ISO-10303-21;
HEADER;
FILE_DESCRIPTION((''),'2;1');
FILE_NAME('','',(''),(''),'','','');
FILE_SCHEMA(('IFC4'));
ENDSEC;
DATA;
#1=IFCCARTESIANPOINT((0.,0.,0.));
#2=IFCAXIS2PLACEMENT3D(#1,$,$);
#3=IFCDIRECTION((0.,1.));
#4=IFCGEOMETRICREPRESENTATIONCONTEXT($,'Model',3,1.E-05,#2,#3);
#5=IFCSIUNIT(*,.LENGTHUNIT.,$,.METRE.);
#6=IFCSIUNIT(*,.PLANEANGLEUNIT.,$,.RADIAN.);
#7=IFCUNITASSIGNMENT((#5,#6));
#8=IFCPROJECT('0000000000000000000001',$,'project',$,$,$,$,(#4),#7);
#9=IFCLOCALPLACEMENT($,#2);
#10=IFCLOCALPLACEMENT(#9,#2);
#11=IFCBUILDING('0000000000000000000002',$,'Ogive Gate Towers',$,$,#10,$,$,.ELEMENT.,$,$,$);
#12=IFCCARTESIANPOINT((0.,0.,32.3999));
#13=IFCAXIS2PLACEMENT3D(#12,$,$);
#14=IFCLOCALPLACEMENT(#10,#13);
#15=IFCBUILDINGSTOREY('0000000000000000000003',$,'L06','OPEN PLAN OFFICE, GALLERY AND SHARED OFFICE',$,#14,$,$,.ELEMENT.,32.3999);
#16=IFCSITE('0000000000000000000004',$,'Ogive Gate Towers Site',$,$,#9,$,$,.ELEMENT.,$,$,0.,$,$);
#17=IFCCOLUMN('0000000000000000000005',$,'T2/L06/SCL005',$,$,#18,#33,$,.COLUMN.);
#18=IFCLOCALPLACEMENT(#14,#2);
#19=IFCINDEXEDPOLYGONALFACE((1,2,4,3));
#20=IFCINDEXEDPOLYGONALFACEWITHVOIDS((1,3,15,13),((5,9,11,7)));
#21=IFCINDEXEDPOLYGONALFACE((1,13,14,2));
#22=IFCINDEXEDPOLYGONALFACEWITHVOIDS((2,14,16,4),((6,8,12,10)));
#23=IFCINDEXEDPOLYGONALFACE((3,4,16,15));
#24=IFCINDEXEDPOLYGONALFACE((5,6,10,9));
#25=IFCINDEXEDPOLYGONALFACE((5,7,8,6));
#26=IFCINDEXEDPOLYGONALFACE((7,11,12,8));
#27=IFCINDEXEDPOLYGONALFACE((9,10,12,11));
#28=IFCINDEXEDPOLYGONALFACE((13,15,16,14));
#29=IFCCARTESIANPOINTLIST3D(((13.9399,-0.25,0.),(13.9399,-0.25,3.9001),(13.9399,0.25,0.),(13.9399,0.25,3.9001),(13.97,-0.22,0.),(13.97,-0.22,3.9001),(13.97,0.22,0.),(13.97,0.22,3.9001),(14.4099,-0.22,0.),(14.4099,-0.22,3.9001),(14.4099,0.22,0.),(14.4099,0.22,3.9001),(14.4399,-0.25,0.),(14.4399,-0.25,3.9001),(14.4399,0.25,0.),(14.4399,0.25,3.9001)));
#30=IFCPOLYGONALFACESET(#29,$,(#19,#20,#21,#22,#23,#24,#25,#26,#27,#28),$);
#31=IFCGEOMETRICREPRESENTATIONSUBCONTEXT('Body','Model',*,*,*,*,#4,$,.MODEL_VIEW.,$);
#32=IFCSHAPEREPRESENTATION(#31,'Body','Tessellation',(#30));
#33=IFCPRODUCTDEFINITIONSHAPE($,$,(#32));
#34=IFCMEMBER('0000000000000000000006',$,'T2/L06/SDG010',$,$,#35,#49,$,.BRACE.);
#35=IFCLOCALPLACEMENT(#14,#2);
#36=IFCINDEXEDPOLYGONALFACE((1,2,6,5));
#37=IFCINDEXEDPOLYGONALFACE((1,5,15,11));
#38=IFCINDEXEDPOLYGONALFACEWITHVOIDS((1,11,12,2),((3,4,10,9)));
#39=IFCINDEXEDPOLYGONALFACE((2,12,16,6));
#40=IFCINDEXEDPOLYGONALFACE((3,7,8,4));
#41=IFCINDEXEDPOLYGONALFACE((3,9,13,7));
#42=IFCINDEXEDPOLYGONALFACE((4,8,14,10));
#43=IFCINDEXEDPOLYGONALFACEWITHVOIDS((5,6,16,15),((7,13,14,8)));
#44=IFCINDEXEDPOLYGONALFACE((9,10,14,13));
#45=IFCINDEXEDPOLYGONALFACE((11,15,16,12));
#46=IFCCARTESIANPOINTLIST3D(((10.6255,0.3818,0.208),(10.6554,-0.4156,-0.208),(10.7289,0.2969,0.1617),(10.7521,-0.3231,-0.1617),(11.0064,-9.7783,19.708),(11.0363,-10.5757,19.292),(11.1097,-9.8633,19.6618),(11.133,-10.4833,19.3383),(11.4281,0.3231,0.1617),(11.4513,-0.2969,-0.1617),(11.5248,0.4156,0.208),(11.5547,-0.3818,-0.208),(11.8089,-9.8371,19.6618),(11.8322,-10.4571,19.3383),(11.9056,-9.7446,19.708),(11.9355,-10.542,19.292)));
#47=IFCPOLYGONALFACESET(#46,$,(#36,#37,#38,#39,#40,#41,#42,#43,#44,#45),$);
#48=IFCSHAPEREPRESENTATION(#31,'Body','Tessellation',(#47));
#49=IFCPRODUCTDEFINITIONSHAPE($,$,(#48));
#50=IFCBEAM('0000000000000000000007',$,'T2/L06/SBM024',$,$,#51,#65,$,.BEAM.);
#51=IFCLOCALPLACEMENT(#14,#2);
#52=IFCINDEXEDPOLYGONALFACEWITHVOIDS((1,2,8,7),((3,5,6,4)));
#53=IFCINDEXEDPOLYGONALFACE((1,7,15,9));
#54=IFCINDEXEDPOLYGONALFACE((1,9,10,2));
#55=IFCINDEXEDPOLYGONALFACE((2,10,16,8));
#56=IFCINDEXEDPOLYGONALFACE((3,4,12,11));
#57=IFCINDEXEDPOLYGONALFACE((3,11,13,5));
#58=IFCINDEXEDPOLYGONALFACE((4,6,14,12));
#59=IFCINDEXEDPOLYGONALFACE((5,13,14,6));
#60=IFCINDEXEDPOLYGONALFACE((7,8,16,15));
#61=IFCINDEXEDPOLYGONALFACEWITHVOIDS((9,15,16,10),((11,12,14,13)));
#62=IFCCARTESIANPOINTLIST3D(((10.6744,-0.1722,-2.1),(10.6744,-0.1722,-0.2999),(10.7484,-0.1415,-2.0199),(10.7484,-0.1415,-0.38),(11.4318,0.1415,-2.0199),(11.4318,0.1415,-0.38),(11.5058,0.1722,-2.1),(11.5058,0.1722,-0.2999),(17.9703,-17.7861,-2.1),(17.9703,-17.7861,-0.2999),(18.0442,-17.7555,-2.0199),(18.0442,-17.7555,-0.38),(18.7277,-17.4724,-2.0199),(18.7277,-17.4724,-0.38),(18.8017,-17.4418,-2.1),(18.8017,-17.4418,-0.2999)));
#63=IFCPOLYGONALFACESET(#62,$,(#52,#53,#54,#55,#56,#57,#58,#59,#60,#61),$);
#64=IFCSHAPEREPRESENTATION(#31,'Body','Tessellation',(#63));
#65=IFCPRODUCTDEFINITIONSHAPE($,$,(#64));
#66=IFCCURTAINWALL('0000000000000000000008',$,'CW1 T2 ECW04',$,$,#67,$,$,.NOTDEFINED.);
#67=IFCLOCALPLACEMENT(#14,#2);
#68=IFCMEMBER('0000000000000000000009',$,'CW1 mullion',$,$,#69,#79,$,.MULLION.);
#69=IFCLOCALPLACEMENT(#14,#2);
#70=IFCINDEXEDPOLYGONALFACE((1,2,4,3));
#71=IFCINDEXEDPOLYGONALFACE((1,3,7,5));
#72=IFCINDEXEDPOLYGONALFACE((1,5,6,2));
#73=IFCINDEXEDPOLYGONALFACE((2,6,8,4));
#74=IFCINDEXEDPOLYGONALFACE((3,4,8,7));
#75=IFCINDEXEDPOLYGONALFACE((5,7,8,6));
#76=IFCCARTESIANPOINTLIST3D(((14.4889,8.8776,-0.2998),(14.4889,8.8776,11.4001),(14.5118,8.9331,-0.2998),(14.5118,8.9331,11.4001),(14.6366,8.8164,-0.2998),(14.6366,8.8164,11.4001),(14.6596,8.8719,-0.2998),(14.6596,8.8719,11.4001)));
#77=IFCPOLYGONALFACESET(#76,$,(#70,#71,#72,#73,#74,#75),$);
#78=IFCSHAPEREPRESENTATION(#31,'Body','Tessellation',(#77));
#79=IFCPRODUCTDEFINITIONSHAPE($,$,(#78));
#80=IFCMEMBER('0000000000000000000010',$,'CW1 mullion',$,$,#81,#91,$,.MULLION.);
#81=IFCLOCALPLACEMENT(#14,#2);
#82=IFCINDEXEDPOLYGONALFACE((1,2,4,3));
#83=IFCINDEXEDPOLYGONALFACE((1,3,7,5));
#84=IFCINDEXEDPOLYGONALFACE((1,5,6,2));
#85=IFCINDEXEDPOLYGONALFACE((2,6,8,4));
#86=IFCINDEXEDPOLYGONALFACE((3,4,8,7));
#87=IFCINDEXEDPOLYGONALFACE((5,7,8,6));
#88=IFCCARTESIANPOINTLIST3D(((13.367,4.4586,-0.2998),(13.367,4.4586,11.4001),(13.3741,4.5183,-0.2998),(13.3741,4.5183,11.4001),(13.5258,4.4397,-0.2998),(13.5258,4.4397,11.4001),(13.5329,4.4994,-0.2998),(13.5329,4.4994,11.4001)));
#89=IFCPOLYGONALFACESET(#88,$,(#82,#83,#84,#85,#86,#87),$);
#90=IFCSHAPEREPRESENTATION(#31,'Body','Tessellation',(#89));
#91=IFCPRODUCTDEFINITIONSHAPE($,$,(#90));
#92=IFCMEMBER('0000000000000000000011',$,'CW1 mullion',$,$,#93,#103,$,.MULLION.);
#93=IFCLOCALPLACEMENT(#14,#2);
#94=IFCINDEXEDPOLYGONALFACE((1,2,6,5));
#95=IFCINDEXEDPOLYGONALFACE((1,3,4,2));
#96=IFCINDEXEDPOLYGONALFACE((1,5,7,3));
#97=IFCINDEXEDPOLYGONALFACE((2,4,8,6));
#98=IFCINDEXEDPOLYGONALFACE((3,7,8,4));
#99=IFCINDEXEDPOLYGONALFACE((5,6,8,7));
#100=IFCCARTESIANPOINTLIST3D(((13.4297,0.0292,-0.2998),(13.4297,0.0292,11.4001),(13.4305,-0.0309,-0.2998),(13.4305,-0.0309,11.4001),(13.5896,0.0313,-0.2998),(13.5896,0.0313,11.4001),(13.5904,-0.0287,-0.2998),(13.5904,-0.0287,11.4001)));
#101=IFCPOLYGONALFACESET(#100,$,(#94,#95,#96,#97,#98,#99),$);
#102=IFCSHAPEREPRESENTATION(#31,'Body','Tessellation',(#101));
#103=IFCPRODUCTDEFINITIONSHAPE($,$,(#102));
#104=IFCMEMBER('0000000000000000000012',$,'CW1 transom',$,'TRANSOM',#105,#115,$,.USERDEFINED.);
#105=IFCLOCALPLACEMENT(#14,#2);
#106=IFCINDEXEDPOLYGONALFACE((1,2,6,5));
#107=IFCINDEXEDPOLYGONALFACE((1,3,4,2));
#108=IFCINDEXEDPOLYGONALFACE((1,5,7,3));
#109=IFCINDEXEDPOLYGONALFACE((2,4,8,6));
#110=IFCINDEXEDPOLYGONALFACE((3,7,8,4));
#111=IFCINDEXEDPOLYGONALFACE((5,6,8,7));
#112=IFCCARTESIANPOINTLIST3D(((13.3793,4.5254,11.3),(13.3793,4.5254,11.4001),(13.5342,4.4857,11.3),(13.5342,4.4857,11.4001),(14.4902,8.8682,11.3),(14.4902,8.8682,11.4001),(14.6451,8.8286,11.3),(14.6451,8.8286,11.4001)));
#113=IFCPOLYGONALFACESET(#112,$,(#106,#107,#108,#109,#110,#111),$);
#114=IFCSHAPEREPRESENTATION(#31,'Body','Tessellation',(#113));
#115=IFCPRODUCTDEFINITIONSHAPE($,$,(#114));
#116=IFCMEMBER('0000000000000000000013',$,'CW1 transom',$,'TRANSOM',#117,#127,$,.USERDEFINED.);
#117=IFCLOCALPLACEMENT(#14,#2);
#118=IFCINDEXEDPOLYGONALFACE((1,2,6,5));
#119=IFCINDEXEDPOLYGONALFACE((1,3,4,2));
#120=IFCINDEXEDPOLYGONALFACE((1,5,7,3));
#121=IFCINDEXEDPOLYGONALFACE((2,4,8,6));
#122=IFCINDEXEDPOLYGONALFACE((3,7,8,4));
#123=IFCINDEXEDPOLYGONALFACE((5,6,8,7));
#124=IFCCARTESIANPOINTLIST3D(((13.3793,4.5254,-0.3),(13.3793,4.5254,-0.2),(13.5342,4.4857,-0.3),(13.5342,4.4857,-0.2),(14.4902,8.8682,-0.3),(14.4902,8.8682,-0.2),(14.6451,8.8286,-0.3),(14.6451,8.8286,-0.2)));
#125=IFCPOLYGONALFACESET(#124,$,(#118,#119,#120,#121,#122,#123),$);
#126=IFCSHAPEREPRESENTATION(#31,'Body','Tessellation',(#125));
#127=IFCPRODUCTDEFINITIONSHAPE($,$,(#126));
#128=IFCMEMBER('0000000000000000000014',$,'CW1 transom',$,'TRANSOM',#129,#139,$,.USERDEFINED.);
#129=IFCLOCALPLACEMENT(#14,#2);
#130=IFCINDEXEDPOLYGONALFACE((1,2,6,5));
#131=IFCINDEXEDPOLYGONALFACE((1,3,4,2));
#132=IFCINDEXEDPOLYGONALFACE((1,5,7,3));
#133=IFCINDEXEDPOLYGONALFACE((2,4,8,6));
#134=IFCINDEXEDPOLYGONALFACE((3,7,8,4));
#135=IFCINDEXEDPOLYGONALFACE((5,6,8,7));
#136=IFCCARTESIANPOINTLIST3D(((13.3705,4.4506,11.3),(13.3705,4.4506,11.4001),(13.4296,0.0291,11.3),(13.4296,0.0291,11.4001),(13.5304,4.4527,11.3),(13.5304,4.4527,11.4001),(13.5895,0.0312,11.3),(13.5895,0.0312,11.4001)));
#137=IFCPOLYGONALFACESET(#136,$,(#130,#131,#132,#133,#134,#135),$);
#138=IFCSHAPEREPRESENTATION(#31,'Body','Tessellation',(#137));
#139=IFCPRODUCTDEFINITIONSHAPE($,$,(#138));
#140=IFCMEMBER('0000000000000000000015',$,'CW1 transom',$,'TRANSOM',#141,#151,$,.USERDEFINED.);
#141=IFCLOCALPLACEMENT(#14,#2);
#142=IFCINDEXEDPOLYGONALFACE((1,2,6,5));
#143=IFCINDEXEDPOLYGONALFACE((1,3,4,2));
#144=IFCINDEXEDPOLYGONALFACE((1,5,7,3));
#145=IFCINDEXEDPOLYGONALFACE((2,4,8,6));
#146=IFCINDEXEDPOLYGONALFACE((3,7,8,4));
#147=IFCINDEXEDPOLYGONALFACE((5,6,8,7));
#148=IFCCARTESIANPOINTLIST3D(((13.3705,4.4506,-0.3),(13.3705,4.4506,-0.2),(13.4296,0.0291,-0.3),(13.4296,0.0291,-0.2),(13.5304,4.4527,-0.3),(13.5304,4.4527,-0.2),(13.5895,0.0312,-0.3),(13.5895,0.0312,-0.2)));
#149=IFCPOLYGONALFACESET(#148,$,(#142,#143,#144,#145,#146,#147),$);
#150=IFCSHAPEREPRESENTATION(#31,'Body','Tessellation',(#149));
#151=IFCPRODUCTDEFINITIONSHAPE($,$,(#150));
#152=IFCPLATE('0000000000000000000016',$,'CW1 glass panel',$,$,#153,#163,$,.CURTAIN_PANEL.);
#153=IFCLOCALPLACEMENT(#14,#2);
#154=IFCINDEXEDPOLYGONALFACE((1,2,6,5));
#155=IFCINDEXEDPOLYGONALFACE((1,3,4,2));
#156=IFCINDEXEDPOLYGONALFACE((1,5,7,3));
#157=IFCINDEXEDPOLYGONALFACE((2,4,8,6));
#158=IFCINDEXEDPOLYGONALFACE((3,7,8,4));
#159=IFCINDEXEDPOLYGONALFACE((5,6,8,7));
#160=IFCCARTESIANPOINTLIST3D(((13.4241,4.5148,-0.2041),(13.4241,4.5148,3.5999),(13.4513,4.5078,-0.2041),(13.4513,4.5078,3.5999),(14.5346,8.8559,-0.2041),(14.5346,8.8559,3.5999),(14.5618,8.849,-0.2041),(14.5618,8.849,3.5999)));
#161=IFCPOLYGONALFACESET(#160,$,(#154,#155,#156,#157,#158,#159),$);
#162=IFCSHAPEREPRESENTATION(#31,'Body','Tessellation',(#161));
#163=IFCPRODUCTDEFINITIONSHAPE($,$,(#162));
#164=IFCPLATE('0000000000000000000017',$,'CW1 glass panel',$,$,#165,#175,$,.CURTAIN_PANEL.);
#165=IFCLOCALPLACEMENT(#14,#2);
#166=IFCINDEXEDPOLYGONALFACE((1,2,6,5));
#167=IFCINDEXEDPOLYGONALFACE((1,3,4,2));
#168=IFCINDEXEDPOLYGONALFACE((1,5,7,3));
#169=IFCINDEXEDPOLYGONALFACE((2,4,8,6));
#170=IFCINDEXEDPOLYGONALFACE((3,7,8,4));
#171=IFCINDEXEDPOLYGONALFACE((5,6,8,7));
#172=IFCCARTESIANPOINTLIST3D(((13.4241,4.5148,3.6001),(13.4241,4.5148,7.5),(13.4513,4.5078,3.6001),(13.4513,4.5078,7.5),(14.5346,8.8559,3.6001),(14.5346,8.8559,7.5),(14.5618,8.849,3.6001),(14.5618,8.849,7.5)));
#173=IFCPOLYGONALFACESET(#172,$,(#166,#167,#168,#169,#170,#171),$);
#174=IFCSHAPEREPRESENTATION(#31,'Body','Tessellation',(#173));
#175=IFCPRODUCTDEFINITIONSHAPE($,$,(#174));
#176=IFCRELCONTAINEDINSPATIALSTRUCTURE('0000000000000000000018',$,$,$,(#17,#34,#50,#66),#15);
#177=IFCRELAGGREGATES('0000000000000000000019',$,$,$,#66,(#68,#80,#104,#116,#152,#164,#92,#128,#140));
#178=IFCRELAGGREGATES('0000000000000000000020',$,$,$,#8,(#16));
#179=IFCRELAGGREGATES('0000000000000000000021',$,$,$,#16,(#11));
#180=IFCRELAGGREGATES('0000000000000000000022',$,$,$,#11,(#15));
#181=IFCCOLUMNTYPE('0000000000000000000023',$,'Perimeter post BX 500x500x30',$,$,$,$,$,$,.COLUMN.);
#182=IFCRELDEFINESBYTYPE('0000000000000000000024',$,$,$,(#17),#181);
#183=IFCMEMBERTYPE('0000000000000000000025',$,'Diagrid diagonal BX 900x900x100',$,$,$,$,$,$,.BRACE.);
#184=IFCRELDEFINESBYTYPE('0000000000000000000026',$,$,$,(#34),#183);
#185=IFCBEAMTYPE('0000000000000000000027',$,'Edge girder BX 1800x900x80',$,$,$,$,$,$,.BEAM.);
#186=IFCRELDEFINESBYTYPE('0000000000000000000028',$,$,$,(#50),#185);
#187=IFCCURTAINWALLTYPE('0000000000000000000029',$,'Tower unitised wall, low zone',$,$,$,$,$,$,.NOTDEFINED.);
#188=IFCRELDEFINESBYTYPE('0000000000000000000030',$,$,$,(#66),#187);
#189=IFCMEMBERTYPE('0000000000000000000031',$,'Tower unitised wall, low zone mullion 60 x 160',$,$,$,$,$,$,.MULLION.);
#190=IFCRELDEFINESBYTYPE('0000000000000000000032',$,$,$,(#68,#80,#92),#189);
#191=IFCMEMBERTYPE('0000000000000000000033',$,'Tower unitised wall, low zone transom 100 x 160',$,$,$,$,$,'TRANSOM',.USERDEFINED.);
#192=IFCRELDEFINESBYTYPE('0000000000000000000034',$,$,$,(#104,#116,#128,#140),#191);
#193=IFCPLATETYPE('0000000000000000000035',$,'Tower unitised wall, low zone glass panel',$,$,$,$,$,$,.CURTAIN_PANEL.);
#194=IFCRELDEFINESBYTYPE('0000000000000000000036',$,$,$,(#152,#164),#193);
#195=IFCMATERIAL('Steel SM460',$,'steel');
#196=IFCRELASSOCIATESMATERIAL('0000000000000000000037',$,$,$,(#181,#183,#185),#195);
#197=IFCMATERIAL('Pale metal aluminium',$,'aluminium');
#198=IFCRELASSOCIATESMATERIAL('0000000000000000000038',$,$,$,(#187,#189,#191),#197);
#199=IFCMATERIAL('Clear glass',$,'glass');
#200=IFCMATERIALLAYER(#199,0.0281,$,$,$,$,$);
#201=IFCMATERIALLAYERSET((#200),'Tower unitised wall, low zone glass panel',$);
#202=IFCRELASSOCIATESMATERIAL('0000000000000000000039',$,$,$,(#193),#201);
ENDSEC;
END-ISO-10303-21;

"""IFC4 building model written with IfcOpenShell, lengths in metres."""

from ifc_helpers import new_model, si_unit, direction, frame, origin, origin_2d, place, context, subcontext, project, spatial, rectangle, hollow_rectangle, extrude, material, layer, layer_set, material_profile, profile_set, type_object, element, aggregate, save


model = new_model("IFC4")

# Units and contexts
model_context = context("Model", 3, precision=1e-05, world=origin(), true_north=direction((0.0, 1.0)))
body_context = subcontext(model_context, "Body", "Model", "MODEL_VIEW")
ifc_project = project(units=[si_unit("LENGTHUNIT", "METRE"), si_unit("PLANEANGLEUNIT", "RADIAN")], contexts=[model_context])

# Site, building, storey
site_placement = place(None, origin())
site = spatial("IfcSite", under=ifc_project, at=site_placement, Name="Ogive Gate Towers Site", CompositionType="ELEMENT", RefElevation=0.0)
building_placement = place(site_placement, origin())
building = spatial("IfcBuilding", under=site, at=building_placement, Name="Ogive Gate Towers", CompositionType="ELEMENT")
storey_placement = place(building_placement, frame((0.0, 0.0, 32.3999)))
storey = spatial("IfcBuildingStorey", under=building, at=storey_placement, Name="L06", Description="OPEN PLAN OFFICE, GALLERY AND SHARED OFFICE", CompositionType="ELEMENT", Elevation=32.3999)

# Column
ifc_material_1 = material(Name="Steel SM460", Category="steel")
ifc_material_profile_1 = material_profile(ifc_material_1, hollow_rectangle(XDim=0.5, YDim=0.5, WallThickness=0.03, at=origin_2d()), Name="BX 500x500x30")
ifc_profile_set_1 = profile_set([ifc_material_profile_1], Name="Steel SM460")
column_type = type_object("IfcColumnType", Name="Perimeter post BX 500x500x30", PredefinedType="COLUMN", material=ifc_profile_set_1)
column_placement = place(storey_placement, frame((14.1899, 0.0, 0.0), z_axis=(0.0, 0.0, 1.0), x_axis=(1.0, 0.0, 0.0)))
element("IfcColumn", 1, at=column_placement, inside=storey, type_object=column_type, Name="T2/L06/SCL005", PredefinedType="COLUMN", context=body_context, shape_type="SweptSolid", body=[
    extrude(hollow_rectangle(XDim=0.5, YDim=0.5, WallThickness=0.03, at=origin_2d()), origin(), (0.0, 0.0, 1.0), 3.9001),
])

# Member
ifc_material_profile_2 = material_profile(ifc_material_1, hollow_rectangle(XDim=0.8999, YDim=0.8999, WallThickness=0.1001, at=origin_2d()), Name="BX 900x900x100")
ifc_profile_set_2 = profile_set([ifc_material_profile_2], Name="Steel SM460")
member_type_1 = type_object("IfcMemberType", Name="Diagrid diagonal BX 900x900x100", PredefinedType="BRACE", material=ifc_profile_set_2)
member_1_placement = place(storey_placement, frame((11.0901, 0.0, 0.0), z_axis=(0.017319, -0.462005, 0.886708), x_axis=(0.999298, 0.037459, 0.0)))
element("IfcMember", 2, at=member_1_placement, inside=storey, type_object=member_type_1, Name="T2/L06/SDG010", PredefinedType="BRACE", context=body_context, shape_type="SweptSolid", body=[
    extrude(hollow_rectangle(XDim=0.8999, YDim=0.8999, WallThickness=0.1001, at=origin_2d()), origin(), (0.0, 0.0, 1.0), 21.9915),
])

# Beam
ifc_material_profile_3 = material_profile(ifc_material_1, hollow_rectangle(XDim=0.8999, YDim=1.8, WallThickness=0.0801, at=origin_2d()), Name="BX 1800x900x80")
ifc_profile_set_3 = profile_set([ifc_material_profile_3], Name="Steel SM460")
beam_type = type_object("IfcBeamType", Name="Edge girder BX 1800x900x80", PredefinedType="BEAM", material=ifc_profile_set_3)
beam_placement = place(storey_placement, frame((11.0901, 0.0, -1.2), z_axis=(0.382681, -0.923881, 0.0), x_axis=(0.923881, 0.382681, 0.0)))
element("IfcBeam", 3, at=beam_placement, inside=storey, type_object=beam_type, Name="T2/L06/SBM024", PredefinedType="BEAM", context=body_context, shape_type="SweptSolid", body=[
    extrude(hollow_rectangle(XDim=0.8999, YDim=1.8, WallThickness=0.0801, at=origin_2d()), origin(), (0.0, 0.0, 1.0), 19.0652),
])

# Curtain wall, members, plates
ifc_material_2 = material(Name="Pale metal aluminium", Category="aluminium")
curtain_wall_type = type_object("IfcCurtainWallType", Name="Tower unitised wall, low zone", PredefinedType="NOTDEFINED", material=ifc_material_2)
curtain_wall_placement = place(storey_placement, origin())
curtain_wall = element("IfcCurtainWall", 4, at=curtain_wall_placement, inside=storey, type_object=curtain_wall_type, Name="CW1 T2 ECW04", PredefinedType="NOTDEFINED")
ifc_material_profile_4 = material_profile(ifc_material_2, rectangle(XDim=0.1599, YDim=0.0601, at=origin_2d()), Name="60 x 160 aluminium box")
ifc_profile_set_4 = profile_set([ifc_material_profile_4], Name="Pale metal aluminium")
member_type_2 = type_object("IfcMemberType", Name="Tower unitised wall, low zone mullion 60 x 160", PredefinedType="MULLION", material=ifc_profile_set_4)
member_2_placement = place(storey_placement, frame((14.5742, 8.8748, -0.2998), z_axis=(0.0, 0.0, 1.0), x_axis=(-0.92388, 0.382683, 0.0)))
member_2 = element("IfcMember", 5, at=member_2_placement, type_object=member_type_2, Name="CW1 mullion", PredefinedType="MULLION", context=body_context, shape_type="SweptSolid", body=[
    extrude(rectangle(XDim=0.1599, YDim=0.0601, at=origin_2d()), origin(), (0.0, 0.0, 1.0), 11.7),
])
member_3_placement = place(storey_placement, frame((13.45, 4.479, -0.2998), z_axis=(0.0, 0.0, 1.0), x_axis=(-0.992984, 0.118248, 0.0)))
member_3 = element("IfcMember", 6, at=member_3_placement, type_object=member_type_2, Name="CW1 mullion", PredefinedType="MULLION", context=body_context, shape_type="SweptSolid", body=[
    extrude(rectangle(XDim=0.1599, YDim=0.0601, at=origin_2d()), origin(), (0.0, 0.0, 1.0), 11.7),
])
member_4_placement = place(storey_placement, frame((13.51, 0.0002, -0.2998), z_axis=(0.0, 0.0, 1.0), x_axis=(-0.99991, -0.013386, 0.0)))
member_4 = element("IfcMember", 7, at=member_4_placement, type_object=member_type_2, Name="CW1 mullion", PredefinedType="MULLION", context=body_context, shape_type="SweptSolid", body=[
    extrude(rectangle(XDim=0.1599, YDim=0.0601, at=origin_2d()), origin(), (0.0, 0.0, 1.0), 11.7),
])
ifc_material_profile_5 = material_profile(ifc_material_2, rectangle(XDim=0.1599, YDim=0.1001, at=origin_2d()), Name="100 x 160 aluminium box")
ifc_profile_set_5 = profile_set([ifc_material_profile_5], Name="Pale metal aluminium")
member_type_3 = type_object("IfcMemberType", Name="Tower unitised wall, low zone transom 100 x 160", ElementType="TRANSOM", PredefinedType="USERDEFINED", material=ifc_profile_set_5)
member_5_placement = place(storey_placement, frame((14.5676, 8.8484, 11.3501), z_axis=(-0.247812, -0.968808, 0.0), x_axis=(0.968808, -0.247812, 0.0)))
member_5 = element("IfcMember", 8, at=member_5_placement, type_object=member_type_3, Name="CW1 transom", ObjectType="TRANSOM", PredefinedType="USERDEFINED", context=body_context, shape_type="SweptSolid", body=[
    extrude(rectangle(XDim=0.1599, YDim=0.1001, at=origin_2d()), origin(), (0.0, 0.0, 1.0), 4.4827),
])
member_6_placement = place(storey_placement, frame((14.5676, 8.8484, -0.25), z_axis=(-0.247812, -0.968808, 0.0), x_axis=(0.968808, -0.247812, 0.0)))
member_6 = element("IfcMember", 9, at=member_6_placement, type_object=member_type_3, Name="CW1 transom", ObjectType="TRANSOM", PredefinedType="USERDEFINED", context=body_context, shape_type="SweptSolid", body=[
    extrude(rectangle(XDim=0.1599, YDim=0.1001, at=origin_2d()), origin(), (0.0, 0.0, 1.0), 4.4827),
])
member_7_placement = place(storey_placement, frame((13.4504, 4.4517, 11.3501), z_axis=(0.013362, -0.999911, 0.0), x_axis=(0.999911, 0.013362, 0.0)))
member_7 = element("IfcMember", 10, at=member_7_placement, type_object=member_type_3, Name="CW1 transom", ObjectType="TRANSOM", PredefinedType="USERDEFINED", context=body_context, shape_type="SweptSolid", body=[
    extrude(rectangle(XDim=0.1599, YDim=0.1001, at=origin_2d()), origin(), (0.0, 0.0, 1.0), 4.4219),
])
member_8_placement = place(storey_placement, frame((13.4504, 4.4517, -0.25), z_axis=(0.013362, -0.999911, 0.0), x_axis=(0.999911, 0.013362, 0.0)))
member_8 = element("IfcMember", 11, at=member_8_placement, type_object=member_type_3, Name="CW1 transom", ObjectType="TRANSOM", PredefinedType="USERDEFINED", context=body_context, shape_type="SweptSolid", body=[
    extrude(rectangle(XDim=0.1599, YDim=0.1001, at=origin_2d()), origin(), (0.0, 0.0, 1.0), 4.4219),
])
ifc_material_3 = material(Name="Clear glass", Category="glass")
ifc_layer_1 = layer(ifc_material_3, 0.0281)
ifc_layer_set_1 = layer_set([ifc_layer_1], Name="Tower unitised wall, low zone glass panel")
plate_type = type_object("IfcPlateType", Name="Tower unitised wall, low zone glass panel", PredefinedType="CURTAIN_PANEL", material=ifc_layer_set_1)
plate_1_placement = place(storey_placement, frame((13.9929, 6.6819, -0.2041), z_axis=(0.0, 0.0, 1.0), x_axis=(-0.247828, -0.968804, 0.0)))
plate_1 = element("IfcPlate", 12, at=plate_1_placement, type_object=plate_type, Name="CW1 glass panel", PredefinedType="CURTAIN_PANEL", context=body_context, shape_type="SweptSolid", body=[
    extrude(rectangle(XDim=4.481, YDim=0.0281, at=origin_2d()), origin(), (0.0, 0.0, 1.0), 3.804),
])
plate_2_placement = place(storey_placement, frame((13.9929, 6.6819, 3.6001), z_axis=(0.0, 0.0, 1.0), x_axis=(-0.247828, -0.968804, 0.0)))
plate_2 = element("IfcPlate", 13, at=plate_2_placement, type_object=plate_type, Name="CW1 glass panel", PredefinedType="CURTAIN_PANEL", context=body_context, shape_type="SweptSolid", body=[
    extrude(rectangle(XDim=4.481, YDim=0.0281, at=origin_2d()), origin(), (0.0, 0.0, 1.0), 3.8999),
])
aggregate(curtain_wall, [member_2, member_3, member_5, member_6, plate_1, plate_2, member_4, member_7, member_8])

save(model, "model.ifc")
